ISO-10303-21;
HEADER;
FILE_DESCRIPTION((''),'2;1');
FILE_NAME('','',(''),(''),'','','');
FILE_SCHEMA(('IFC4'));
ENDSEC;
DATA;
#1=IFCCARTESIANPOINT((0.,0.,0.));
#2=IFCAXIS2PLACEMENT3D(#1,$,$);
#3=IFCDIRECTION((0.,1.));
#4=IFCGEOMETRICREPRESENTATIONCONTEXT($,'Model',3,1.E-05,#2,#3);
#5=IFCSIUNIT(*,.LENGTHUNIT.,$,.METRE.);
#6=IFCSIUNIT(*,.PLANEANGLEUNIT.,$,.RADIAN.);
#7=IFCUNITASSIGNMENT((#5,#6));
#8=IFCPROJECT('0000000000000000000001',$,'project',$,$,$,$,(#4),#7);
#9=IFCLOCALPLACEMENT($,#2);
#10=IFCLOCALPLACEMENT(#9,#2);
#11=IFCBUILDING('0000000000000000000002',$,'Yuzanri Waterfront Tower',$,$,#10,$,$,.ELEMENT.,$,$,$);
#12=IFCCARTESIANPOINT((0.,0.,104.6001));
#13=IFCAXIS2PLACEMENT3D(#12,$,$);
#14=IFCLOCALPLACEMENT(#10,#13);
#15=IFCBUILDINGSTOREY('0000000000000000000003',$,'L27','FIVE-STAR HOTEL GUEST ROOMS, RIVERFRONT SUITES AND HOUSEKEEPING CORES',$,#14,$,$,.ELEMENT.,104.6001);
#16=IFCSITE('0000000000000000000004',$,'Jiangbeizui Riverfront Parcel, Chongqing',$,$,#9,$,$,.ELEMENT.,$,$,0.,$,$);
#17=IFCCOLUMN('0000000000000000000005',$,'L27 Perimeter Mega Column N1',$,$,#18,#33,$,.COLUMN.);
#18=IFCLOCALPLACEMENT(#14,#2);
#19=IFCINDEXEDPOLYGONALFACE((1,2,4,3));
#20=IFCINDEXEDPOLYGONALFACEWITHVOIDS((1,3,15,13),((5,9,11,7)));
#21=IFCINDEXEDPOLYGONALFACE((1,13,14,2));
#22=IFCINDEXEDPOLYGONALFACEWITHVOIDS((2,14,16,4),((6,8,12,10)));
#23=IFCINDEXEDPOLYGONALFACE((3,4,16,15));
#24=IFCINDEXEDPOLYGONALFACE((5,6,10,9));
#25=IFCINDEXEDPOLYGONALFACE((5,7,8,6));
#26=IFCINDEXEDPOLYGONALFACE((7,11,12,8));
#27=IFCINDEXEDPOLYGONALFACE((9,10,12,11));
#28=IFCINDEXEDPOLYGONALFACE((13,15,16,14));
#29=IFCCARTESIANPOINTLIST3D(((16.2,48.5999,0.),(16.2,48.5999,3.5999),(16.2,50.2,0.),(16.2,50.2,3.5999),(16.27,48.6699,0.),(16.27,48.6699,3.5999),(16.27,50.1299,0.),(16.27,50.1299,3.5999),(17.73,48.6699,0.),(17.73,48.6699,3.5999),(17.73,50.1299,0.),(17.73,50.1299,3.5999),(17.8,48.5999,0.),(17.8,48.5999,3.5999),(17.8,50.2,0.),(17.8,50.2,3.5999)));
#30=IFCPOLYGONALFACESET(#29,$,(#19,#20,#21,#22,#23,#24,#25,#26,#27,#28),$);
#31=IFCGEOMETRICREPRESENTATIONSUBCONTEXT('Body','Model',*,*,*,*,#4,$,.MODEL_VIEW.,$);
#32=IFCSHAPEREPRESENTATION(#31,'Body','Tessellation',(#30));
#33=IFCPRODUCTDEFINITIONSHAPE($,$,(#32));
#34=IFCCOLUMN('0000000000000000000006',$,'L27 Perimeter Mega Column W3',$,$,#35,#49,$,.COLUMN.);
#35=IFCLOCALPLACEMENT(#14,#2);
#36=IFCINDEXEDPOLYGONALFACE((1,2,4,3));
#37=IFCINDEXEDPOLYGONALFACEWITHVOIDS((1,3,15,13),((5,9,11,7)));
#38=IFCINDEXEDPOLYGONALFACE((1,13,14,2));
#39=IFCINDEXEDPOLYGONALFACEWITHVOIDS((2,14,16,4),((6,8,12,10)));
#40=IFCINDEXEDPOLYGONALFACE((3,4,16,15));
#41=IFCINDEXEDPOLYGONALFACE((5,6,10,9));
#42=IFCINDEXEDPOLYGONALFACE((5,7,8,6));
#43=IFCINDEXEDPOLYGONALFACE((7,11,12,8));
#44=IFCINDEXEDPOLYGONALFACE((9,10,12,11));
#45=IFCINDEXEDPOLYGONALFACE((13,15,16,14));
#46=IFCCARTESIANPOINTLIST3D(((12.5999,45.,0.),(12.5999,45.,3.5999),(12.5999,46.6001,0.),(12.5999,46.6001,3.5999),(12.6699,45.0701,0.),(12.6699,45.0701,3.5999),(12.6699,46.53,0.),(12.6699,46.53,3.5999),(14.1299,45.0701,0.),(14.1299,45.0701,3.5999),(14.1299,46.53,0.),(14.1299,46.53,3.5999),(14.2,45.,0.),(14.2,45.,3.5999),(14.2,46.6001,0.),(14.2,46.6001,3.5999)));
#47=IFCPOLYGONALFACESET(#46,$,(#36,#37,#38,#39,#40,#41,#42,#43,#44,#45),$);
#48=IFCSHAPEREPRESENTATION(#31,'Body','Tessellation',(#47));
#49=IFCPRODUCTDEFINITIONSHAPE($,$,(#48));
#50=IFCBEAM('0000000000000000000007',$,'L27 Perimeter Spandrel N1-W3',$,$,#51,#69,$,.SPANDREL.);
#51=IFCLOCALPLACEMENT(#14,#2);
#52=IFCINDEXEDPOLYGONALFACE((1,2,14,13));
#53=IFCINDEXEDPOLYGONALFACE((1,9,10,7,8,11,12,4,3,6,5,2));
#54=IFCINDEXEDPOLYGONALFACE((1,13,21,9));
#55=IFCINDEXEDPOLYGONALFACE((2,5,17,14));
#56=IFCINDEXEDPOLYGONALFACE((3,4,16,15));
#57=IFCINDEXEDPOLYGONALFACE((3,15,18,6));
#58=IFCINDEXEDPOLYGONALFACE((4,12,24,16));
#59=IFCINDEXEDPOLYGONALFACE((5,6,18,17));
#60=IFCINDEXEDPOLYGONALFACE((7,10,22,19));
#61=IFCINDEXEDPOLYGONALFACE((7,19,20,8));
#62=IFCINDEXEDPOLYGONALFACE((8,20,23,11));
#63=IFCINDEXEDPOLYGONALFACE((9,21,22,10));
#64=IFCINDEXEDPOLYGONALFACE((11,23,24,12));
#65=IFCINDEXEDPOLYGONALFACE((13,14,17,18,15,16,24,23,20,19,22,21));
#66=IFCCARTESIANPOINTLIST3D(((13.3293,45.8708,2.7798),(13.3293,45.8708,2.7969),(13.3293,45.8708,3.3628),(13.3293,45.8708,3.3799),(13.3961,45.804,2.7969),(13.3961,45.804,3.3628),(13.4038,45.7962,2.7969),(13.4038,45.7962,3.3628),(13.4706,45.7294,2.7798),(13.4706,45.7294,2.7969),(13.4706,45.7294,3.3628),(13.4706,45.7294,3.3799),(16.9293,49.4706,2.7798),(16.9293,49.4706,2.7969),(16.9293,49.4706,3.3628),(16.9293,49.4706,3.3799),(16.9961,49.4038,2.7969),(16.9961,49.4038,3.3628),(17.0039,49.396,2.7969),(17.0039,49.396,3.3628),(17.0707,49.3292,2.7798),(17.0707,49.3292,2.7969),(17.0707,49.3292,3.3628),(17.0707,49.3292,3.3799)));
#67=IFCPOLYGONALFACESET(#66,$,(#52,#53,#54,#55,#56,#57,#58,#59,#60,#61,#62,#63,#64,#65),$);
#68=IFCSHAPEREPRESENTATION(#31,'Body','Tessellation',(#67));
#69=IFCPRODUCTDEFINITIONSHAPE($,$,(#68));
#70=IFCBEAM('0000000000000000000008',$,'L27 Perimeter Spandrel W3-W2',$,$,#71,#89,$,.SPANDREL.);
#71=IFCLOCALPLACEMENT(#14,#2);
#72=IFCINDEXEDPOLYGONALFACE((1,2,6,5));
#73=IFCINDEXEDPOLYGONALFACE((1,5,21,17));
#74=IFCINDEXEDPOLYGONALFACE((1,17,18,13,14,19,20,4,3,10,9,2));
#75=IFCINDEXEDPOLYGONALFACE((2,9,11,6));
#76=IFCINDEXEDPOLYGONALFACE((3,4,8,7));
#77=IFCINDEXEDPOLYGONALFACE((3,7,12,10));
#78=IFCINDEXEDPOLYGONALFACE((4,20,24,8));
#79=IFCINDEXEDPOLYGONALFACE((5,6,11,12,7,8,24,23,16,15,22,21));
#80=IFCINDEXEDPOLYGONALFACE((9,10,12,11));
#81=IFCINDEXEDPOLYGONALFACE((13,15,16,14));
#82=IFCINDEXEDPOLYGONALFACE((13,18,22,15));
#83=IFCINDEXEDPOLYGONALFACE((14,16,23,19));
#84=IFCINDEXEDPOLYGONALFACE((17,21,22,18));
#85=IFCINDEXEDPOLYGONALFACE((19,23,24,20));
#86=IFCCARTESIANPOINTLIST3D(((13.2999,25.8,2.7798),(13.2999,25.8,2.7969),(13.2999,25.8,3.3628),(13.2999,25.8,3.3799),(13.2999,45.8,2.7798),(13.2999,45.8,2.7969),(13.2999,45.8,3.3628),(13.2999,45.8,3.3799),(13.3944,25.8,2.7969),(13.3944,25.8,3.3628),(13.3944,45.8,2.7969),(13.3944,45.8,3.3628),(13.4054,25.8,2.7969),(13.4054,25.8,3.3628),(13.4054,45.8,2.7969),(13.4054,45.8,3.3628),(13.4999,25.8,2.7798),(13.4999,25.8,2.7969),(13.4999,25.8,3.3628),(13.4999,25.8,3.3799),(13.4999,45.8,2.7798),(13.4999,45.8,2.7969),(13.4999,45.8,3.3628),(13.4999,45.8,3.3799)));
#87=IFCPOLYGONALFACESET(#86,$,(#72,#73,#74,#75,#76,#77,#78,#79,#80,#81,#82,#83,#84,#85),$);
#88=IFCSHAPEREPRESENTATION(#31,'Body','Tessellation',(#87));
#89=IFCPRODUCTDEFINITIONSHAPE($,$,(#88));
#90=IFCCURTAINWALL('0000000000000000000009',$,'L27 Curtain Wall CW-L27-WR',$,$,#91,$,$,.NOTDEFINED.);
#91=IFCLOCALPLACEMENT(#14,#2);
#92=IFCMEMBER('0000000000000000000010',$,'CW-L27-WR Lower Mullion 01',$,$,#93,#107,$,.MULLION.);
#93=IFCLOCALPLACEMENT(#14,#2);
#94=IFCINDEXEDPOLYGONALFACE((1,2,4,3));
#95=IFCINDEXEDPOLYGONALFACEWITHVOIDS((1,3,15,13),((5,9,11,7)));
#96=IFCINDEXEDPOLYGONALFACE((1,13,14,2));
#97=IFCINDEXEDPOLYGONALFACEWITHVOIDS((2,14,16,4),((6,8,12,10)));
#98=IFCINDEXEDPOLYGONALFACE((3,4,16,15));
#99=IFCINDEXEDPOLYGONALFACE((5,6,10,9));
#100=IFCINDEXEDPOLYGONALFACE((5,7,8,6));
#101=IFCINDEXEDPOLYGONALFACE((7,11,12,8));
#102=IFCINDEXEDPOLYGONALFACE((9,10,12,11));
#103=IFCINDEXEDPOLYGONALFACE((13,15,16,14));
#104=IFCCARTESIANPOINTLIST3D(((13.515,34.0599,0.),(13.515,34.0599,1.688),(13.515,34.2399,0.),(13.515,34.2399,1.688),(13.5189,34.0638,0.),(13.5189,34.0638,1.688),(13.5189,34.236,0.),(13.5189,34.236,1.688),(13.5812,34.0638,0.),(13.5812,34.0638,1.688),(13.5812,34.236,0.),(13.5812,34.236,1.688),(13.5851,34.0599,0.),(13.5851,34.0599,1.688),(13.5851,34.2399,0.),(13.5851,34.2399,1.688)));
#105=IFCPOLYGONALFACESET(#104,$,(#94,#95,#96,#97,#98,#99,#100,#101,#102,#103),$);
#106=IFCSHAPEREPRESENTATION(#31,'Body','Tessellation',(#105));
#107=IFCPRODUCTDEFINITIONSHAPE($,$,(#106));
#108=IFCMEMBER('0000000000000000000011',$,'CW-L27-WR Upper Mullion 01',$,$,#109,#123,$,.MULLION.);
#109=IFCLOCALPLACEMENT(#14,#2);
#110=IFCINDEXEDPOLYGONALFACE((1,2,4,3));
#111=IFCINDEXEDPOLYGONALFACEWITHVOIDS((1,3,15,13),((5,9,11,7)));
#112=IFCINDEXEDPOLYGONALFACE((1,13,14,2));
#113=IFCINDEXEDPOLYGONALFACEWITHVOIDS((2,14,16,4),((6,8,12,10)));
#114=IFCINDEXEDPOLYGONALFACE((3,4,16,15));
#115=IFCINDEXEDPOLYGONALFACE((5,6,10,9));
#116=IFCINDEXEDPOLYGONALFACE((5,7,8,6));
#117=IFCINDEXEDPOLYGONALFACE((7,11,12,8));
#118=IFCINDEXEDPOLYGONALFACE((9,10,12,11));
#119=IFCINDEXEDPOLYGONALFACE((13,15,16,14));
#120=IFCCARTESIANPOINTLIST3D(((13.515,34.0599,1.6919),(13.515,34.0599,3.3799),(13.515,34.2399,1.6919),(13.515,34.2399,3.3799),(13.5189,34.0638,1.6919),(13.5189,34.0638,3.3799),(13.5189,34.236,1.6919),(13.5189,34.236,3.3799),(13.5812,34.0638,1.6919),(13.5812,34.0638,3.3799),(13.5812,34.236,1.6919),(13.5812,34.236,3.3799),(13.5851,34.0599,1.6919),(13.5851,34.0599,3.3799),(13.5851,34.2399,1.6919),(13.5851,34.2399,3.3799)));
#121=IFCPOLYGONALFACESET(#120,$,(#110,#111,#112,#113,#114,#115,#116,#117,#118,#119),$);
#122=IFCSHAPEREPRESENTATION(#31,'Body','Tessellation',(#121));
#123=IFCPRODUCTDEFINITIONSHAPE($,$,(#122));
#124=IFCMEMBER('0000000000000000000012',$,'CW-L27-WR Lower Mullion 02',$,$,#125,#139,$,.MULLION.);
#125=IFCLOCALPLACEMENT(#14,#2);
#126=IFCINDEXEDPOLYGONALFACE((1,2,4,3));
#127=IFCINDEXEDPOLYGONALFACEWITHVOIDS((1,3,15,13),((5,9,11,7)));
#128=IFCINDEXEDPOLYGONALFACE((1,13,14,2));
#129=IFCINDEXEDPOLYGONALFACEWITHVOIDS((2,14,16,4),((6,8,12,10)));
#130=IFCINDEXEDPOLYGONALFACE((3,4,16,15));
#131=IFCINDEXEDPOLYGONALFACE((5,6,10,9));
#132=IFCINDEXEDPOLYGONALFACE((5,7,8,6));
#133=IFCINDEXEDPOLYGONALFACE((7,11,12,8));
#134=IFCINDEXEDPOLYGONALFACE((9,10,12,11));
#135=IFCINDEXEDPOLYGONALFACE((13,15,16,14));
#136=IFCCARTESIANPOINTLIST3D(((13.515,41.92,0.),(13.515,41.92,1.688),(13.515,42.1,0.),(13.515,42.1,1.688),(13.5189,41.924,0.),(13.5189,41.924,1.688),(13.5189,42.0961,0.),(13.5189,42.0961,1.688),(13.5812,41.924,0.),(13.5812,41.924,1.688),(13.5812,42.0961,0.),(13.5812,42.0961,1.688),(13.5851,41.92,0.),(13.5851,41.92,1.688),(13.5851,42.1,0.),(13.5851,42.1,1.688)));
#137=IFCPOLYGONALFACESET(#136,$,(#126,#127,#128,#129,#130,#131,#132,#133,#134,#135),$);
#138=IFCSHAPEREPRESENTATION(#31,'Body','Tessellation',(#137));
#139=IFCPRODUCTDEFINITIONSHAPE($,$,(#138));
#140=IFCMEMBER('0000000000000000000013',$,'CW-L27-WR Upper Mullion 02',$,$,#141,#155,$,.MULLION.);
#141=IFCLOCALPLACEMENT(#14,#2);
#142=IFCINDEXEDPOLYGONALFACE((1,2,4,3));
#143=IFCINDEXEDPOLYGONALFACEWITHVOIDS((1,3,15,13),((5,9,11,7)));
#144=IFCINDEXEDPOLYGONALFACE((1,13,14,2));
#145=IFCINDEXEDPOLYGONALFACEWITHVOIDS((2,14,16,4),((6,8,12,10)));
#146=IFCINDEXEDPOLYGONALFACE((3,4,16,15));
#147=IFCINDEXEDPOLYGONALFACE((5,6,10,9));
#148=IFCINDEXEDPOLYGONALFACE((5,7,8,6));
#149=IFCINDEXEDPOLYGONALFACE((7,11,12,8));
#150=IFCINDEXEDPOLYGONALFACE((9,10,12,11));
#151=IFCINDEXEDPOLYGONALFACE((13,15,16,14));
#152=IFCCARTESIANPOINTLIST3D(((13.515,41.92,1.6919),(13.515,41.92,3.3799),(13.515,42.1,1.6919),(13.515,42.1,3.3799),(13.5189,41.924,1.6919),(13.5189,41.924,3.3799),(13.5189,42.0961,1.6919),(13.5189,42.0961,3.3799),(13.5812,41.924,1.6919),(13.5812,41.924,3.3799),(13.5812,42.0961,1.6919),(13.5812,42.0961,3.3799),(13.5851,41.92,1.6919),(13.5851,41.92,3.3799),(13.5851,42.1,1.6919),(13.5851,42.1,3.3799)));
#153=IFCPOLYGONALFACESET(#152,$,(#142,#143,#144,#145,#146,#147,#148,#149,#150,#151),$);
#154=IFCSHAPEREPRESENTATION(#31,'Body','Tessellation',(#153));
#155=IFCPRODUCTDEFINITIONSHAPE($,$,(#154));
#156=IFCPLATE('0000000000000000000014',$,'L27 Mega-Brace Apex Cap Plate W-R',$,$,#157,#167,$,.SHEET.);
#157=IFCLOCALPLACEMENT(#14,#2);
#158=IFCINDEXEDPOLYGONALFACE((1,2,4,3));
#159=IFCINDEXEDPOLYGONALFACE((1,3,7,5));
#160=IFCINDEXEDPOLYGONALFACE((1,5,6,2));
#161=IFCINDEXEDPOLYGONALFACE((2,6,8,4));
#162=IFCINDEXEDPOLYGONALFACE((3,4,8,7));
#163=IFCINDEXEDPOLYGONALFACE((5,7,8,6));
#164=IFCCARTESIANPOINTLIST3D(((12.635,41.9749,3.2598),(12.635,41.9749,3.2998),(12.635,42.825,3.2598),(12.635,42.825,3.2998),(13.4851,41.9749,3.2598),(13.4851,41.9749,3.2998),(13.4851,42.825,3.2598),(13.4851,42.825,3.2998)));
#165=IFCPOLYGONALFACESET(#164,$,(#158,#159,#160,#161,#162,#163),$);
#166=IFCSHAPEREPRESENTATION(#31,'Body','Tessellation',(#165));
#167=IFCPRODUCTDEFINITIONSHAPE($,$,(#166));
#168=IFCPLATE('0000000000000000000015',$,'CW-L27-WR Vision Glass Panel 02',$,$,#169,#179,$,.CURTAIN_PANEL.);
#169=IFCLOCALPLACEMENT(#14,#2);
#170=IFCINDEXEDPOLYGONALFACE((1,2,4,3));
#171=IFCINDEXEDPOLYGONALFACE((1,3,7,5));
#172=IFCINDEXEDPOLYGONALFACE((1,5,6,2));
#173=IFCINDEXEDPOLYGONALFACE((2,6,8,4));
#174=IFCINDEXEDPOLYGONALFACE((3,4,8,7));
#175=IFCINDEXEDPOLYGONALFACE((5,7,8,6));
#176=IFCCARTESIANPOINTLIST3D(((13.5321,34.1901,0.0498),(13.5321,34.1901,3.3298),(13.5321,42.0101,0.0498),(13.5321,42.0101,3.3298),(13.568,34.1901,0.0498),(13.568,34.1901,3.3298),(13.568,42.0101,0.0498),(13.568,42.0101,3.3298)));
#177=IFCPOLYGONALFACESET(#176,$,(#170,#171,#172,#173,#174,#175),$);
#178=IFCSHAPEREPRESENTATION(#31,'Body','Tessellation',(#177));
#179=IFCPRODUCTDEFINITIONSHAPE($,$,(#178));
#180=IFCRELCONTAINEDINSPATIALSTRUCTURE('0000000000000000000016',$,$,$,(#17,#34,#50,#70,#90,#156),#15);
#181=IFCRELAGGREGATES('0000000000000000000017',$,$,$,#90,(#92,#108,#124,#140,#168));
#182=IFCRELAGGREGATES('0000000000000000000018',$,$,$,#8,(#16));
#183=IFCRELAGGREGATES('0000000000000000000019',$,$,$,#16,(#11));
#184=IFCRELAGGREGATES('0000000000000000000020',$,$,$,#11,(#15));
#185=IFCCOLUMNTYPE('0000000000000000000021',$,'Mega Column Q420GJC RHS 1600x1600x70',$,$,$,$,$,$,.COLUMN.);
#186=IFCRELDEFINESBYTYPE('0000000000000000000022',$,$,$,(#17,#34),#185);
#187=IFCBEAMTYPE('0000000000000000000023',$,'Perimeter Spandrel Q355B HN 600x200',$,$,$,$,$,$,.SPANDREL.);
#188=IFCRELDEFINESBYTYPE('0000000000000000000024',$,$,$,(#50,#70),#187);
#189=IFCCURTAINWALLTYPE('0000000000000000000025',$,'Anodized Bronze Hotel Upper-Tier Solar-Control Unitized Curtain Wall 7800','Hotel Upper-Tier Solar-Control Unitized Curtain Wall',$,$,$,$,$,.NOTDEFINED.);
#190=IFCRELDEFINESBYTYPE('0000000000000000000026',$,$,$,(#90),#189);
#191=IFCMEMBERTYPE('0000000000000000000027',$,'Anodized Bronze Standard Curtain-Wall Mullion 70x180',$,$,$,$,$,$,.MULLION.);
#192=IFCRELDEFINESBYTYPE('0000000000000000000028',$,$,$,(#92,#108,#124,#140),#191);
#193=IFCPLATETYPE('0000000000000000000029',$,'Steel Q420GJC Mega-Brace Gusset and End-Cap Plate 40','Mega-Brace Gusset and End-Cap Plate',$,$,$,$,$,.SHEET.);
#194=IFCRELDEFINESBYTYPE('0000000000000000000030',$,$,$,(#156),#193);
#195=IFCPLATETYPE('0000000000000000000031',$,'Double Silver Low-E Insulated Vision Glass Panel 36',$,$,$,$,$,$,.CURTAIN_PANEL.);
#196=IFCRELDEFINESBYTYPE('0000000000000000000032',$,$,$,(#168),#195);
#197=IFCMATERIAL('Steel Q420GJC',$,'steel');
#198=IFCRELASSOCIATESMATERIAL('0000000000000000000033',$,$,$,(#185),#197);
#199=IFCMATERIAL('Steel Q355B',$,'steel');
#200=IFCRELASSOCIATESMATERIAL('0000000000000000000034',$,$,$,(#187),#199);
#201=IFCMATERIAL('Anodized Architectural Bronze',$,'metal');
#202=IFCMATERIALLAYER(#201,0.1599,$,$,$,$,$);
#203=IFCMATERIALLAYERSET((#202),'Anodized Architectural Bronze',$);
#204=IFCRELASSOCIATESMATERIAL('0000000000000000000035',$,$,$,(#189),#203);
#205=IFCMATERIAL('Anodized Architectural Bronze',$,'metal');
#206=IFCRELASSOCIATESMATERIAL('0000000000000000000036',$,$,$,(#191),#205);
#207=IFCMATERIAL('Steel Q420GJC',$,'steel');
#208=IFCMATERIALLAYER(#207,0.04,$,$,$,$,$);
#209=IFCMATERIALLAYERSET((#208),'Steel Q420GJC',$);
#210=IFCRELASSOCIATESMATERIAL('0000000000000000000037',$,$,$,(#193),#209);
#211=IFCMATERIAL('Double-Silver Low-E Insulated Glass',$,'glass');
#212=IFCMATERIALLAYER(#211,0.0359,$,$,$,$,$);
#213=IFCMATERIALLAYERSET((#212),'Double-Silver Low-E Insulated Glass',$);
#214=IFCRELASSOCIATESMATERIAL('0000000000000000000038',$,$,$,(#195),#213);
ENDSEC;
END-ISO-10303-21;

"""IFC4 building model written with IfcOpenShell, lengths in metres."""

from ifc_helpers import new_model, si_unit, direction, frame, origin, origin_2d, place, context, subcontext, project, spatial, rectangle, hollow_rectangle, i_section, extrude, source, transform, mapped, material, layer, layer_set, material_profile, profile_set, type_object, element, aggregate, save


model = new_model("IFC4")

# Units and contexts
model_context = context("Model", 3, precision=1e-05, world=origin(), true_north=direction((0.0, 1.0)))
body_context = subcontext(model_context, "Body", "Model", "MODEL_VIEW")
ifc_project = project(units=[si_unit("LENGTHUNIT", "METRE"), si_unit("PLANEANGLEUNIT", "RADIAN")], contexts=[model_context])

# Site, building, storey
site_placement = place(None, origin())
site = spatial("IfcSite", under=ifc_project, at=site_placement, Name="Jiangbeizui Riverfront Parcel, Chongqing", CompositionType="ELEMENT", RefElevation=0.0)
building_placement = place(site_placement, origin())
building = spatial("IfcBuilding", under=site, at=building_placement, Name="Yuzanri Waterfront Tower", CompositionType="ELEMENT")
storey_placement = place(building_placement, frame((0.0, 0.0, 104.6001)))
storey = spatial("IfcBuildingStorey", under=building, at=storey_placement, Name="L27", Description="FIVE-STAR HOTEL GUEST ROOMS, RIVERFRONT SUITES AND HOUSEKEEPING CORES", CompositionType="ELEMENT", Elevation=104.6001)

# Columns
ifc_material_1 = material(Name="Steel Q420GJC", Category="steel")
ifc_material_profile_1 = material_profile(ifc_material_1, hollow_rectangle(XDim=1.6001, YDim=1.6001, WallThickness=0.0701, at=origin_2d()), Name="RHS 1600x1600x70")
ifc_profile_set_1 = profile_set([ifc_material_profile_1], Name="Steel Q420GJC")
column_type = type_object("IfcColumnType", Name="Mega Column Q420GJC RHS 1600x1600x70", PredefinedType="COLUMN", material=ifc_profile_set_1)
shared_shape_1 = source(origin(), body_context, "Body", "SweptSolid", [
    extrude(hollow_rectangle(XDim=1.6001, YDim=1.6001, WallThickness=0.0701, at=origin_2d()), origin(), (0.0, 0.0, 1.0), 3.5999),
])
for number, where, z_axis, x_axis, name in (
    (1, (17.0, 49.3999, 0.0), (0.0, 0.0, 1.0), (1.0, 0.0, 0.0), "L27 Perimeter Mega Column N1"),
    (2, (13.3999, 45.8, 0.0), (0.0, 0.0, 1.0), (1.0, 0.0, 0.0), "L27 Perimeter Mega Column W3"),
):
    element("IfcColumn", number, at=place(storey_placement, frame(where, z_axis=z_axis, x_axis=x_axis)), inside=storey, type_object=column_type, Name=name, PredefinedType="COLUMN", context=body_context, shape_type="MappedRepresentation", body=[
        mapped(shared_shape_1, transform((0.0, 0.0, 0.0), scale=1.0)),
    ])

# Beams
ifc_material_2 = material(Name="Steel Q355B", Category="steel")
ifc_material_profile_2 = material_profile(ifc_material_2, i_section(OverallWidth=0.2, OverallDepth=0.6001, WebThickness=0.011, FlangeThickness=0.0171, at=origin_2d()), Name="HN 600x200x11x17")
ifc_profile_set_2 = profile_set([ifc_material_profile_2], Name="Steel Q355B")
beam_type = type_object("IfcBeamType", Name="Perimeter Spandrel Q355B HN 600x200", PredefinedType="SPANDREL", material=ifc_profile_set_2)
shared_shape_2 = source(origin(), body_context, "Body", "SweptSolid", [
    extrude(i_section(OverallWidth=0.2, OverallDepth=0.6001, WebThickness=0.011, FlangeThickness=0.0171, at=origin_2d()), origin(), (0.0, 0.0, 1.0), 5.0911),
])
beam_1_placement = place(storey_placement, frame((17.0, 49.3999, 3.0798), z_axis=(-0.707131, -0.707083, 0.0), x_axis=(0.707083, -0.707131, 0.0)))
element("IfcBeam", 3, at=beam_1_placement, inside=storey, type_object=beam_type, Name="L27 Perimeter Spandrel N1-W3", PredefinedType="SPANDREL", context=body_context, shape_type="MappedRepresentation", body=[
    mapped(shared_shape_2, transform((0.0, 0.0, 0.0), scale=1.0)),
])
shared_shape_3 = source(origin(), body_context, "Body", "SweptSolid", [
    extrude(i_section(OverallWidth=0.2, OverallDepth=0.6001, WebThickness=0.011, FlangeThickness=0.0171, at=origin_2d()), origin(), (0.0, 0.0, 1.0), 20.0),
])
beam_2_placement = place(storey_placement, frame((13.3999, 45.8, 3.0798), z_axis=(0.0, -1.0, 0.0), x_axis=(1.0, 0.0, 0.0)))
element("IfcBeam", 4, at=beam_2_placement, inside=storey, type_object=beam_type, Name="L27 Perimeter Spandrel W3-W2", PredefinedType="SPANDREL", context=body_context, shape_type="MappedRepresentation", body=[
    mapped(shared_shape_3, transform((0.0, 0.0, 0.0), scale=1.0)),
])

# Curtain wall, members
ifc_material_3 = material(Name="Anodized Architectural Bronze", Category="metal")
ifc_layer_1 = layer(ifc_material_3, 0.1599)
ifc_layer_set_1 = layer_set([ifc_layer_1], Name="Anodized Architectural Bronze")
curtain_wall_type = type_object("IfcCurtainWallType", Name="Anodized Bronze Hotel Upper-Tier Solar-Control Unitized Curtain Wall 7800", Description="Hotel Upper-Tier Solar-Control Unitized Curtain Wall", PredefinedType="NOTDEFINED", material=ifc_layer_set_1)
curtain_wall_placement = place(storey_placement, origin())
curtain_wall = element("IfcCurtainWall", 5, at=curtain_wall_placement, inside=storey, type_object=curtain_wall_type, Name="L27 Curtain Wall CW-L27-WR", PredefinedType="NOTDEFINED")
ifc_material_4 = material(Name="Anodized Architectural Bronze", Category="metal")
ifc_material_profile_3 = material_profile(ifc_material_4, hollow_rectangle(XDim=0.0701, YDim=0.1799, WallThickness=0.0039, at=origin_2d()), Name="CWM 70x180")
ifc_profile_set_3 = profile_set([ifc_material_profile_3], Name="Anodized Architectural Bronze")
member_type = type_object("IfcMemberType", Name="Anodized Bronze Standard Curtain-Wall Mullion 70x180", PredefinedType="MULLION", material=ifc_profile_set_3)
shared_shape_4 = source(origin(), body_context, "Body", "SweptSolid", [
    extrude(hollow_rectangle(XDim=0.0701, YDim=0.1799, WallThickness=0.0039, at=origin_2d()), origin(), (0.0, 0.0, 1.0), 1.688),
])
member_1_placement = place(storey_placement, frame((13.55, 34.1499, 0.0), z_axis=(0.0, 0.0, 1.0), x_axis=(1.0, 0.0, 0.0)))
member_1 = element("IfcMember", 6, at=member_1_placement, type_object=member_type, Name="CW-L27-WR Lower Mullion 01", PredefinedType="MULLION", context=body_context, shape_type="MappedRepresentation", body=[
    mapped(shared_shape_4, transform((0.0, 0.0, 0.0), scale=1.0)),
])
member_2_placement = place(storey_placement, frame((13.55, 34.1499, 1.6919), z_axis=(0.0, 0.0, 1.0), x_axis=(1.0, 0.0, 0.0)))
member_2 = element("IfcMember", 7, at=member_2_placement, type_object=member_type, Name="CW-L27-WR Upper Mullion 01", PredefinedType="MULLION", context=body_context, shape_type="MappedRepresentation", body=[
    mapped(shared_shape_4, transform((0.0, 0.0, 0.0), scale=1.0)),
])
member_3_placement = place(storey_placement, frame((13.55, 42.01, 0.0), z_axis=(0.0, 0.0, 1.0), x_axis=(1.0, 0.0, 0.0)))
member_3 = element("IfcMember", 8, at=member_3_placement, type_object=member_type, Name="CW-L27-WR Lower Mullion 02", PredefinedType="MULLION", context=body_context, shape_type="MappedRepresentation", body=[
    mapped(shared_shape_4, transform((0.0, 0.0, 0.0), scale=1.0)),
])
member_4_placement = place(storey_placement, frame((13.55, 42.01, 1.6919), z_axis=(0.0, 0.0, 1.0), x_axis=(1.0, 0.0, 0.0)))
member_4 = element("IfcMember", 9, at=member_4_placement, type_object=member_type, Name="CW-L27-WR Upper Mullion 02", PredefinedType="MULLION", context=body_context, shape_type="MappedRepresentation", body=[
    mapped(shared_shape_4, transform((0.0, 0.0, 0.0), scale=1.0)),
])

# Plates
ifc_material_5 = material(Name="Steel Q420GJC", Category="steel")
ifc_layer_2 = layer(ifc_material_5, 0.04)
ifc_layer_set_2 = layer_set([ifc_layer_2], Name="Steel Q420GJC")
plate_type_1 = type_object("IfcPlateType", Name="Steel Q420GJC Mega-Brace Gusset and End-Cap Plate 40", Description="Mega-Brace Gusset and End-Cap Plate", PredefinedType="SHEET", material=ifc_layer_set_2)
shared_shape_5 = source(origin(), body_context, "Body", "SweptSolid", [
    extrude(rectangle(XDim=0.8501, YDim=0.8501, at=origin_2d()), origin(), (0.0, 0.0, 1.0), 0.04),
])
plate_1_placement = place(storey_placement, frame((13.0601, 42.3999, 3.2598), z_axis=(0.0, 0.0, 1.0), x_axis=(1.0, 0.0, 0.0)))
element("IfcPlate", 10, at=plate_1_placement, inside=storey, type_object=plate_type_1, Name="L27 Mega-Brace Apex Cap Plate W-R", PredefinedType="SHEET", context=body_context, shape_type="MappedRepresentation", body=[
    mapped(shared_shape_5, transform((0.0, 0.0, 0.0), scale=1.0)),
])
ifc_material_6 = material(Name="Double-Silver Low-E Insulated Glass", Category="glass")
ifc_layer_3 = layer(ifc_material_6, 0.0359)
ifc_layer_set_3 = layer_set([ifc_layer_3], Name="Double-Silver Low-E Insulated Glass")
plate_type_2 = type_object("IfcPlateType", Name="Double Silver Low-E Insulated Vision Glass Panel 36", PredefinedType="CURTAIN_PANEL", material=ifc_layer_set_3)
shared_shape_6 = source(origin(), body_context, "Body", "SweptSolid", [
    extrude(rectangle(XDim=7.8201, YDim=0.0359, at=origin_2d()), origin(), (0.0, 0.0, 1.0), 3.28),
])
plate_2_placement = place(storey_placement, frame((13.55, 38.1001, 0.0498), z_axis=(0.0, 0.0, 1.0), x_axis=(0.0, 1.0, 0.0)))
plate_2 = element("IfcPlate", 11, at=plate_2_placement, type_object=plate_type_2, Name="CW-L27-WR Vision Glass Panel 02", PredefinedType="CURTAIN_PANEL", context=body_context, shape_type="MappedRepresentation", body=[
    mapped(shared_shape_6, transform((0.0, 0.0, 0.0), scale=1.0)),
])
aggregate(curtain_wall, [member_1, member_2, member_3, member_4, plate_2])

save(model, "model.ifc")
